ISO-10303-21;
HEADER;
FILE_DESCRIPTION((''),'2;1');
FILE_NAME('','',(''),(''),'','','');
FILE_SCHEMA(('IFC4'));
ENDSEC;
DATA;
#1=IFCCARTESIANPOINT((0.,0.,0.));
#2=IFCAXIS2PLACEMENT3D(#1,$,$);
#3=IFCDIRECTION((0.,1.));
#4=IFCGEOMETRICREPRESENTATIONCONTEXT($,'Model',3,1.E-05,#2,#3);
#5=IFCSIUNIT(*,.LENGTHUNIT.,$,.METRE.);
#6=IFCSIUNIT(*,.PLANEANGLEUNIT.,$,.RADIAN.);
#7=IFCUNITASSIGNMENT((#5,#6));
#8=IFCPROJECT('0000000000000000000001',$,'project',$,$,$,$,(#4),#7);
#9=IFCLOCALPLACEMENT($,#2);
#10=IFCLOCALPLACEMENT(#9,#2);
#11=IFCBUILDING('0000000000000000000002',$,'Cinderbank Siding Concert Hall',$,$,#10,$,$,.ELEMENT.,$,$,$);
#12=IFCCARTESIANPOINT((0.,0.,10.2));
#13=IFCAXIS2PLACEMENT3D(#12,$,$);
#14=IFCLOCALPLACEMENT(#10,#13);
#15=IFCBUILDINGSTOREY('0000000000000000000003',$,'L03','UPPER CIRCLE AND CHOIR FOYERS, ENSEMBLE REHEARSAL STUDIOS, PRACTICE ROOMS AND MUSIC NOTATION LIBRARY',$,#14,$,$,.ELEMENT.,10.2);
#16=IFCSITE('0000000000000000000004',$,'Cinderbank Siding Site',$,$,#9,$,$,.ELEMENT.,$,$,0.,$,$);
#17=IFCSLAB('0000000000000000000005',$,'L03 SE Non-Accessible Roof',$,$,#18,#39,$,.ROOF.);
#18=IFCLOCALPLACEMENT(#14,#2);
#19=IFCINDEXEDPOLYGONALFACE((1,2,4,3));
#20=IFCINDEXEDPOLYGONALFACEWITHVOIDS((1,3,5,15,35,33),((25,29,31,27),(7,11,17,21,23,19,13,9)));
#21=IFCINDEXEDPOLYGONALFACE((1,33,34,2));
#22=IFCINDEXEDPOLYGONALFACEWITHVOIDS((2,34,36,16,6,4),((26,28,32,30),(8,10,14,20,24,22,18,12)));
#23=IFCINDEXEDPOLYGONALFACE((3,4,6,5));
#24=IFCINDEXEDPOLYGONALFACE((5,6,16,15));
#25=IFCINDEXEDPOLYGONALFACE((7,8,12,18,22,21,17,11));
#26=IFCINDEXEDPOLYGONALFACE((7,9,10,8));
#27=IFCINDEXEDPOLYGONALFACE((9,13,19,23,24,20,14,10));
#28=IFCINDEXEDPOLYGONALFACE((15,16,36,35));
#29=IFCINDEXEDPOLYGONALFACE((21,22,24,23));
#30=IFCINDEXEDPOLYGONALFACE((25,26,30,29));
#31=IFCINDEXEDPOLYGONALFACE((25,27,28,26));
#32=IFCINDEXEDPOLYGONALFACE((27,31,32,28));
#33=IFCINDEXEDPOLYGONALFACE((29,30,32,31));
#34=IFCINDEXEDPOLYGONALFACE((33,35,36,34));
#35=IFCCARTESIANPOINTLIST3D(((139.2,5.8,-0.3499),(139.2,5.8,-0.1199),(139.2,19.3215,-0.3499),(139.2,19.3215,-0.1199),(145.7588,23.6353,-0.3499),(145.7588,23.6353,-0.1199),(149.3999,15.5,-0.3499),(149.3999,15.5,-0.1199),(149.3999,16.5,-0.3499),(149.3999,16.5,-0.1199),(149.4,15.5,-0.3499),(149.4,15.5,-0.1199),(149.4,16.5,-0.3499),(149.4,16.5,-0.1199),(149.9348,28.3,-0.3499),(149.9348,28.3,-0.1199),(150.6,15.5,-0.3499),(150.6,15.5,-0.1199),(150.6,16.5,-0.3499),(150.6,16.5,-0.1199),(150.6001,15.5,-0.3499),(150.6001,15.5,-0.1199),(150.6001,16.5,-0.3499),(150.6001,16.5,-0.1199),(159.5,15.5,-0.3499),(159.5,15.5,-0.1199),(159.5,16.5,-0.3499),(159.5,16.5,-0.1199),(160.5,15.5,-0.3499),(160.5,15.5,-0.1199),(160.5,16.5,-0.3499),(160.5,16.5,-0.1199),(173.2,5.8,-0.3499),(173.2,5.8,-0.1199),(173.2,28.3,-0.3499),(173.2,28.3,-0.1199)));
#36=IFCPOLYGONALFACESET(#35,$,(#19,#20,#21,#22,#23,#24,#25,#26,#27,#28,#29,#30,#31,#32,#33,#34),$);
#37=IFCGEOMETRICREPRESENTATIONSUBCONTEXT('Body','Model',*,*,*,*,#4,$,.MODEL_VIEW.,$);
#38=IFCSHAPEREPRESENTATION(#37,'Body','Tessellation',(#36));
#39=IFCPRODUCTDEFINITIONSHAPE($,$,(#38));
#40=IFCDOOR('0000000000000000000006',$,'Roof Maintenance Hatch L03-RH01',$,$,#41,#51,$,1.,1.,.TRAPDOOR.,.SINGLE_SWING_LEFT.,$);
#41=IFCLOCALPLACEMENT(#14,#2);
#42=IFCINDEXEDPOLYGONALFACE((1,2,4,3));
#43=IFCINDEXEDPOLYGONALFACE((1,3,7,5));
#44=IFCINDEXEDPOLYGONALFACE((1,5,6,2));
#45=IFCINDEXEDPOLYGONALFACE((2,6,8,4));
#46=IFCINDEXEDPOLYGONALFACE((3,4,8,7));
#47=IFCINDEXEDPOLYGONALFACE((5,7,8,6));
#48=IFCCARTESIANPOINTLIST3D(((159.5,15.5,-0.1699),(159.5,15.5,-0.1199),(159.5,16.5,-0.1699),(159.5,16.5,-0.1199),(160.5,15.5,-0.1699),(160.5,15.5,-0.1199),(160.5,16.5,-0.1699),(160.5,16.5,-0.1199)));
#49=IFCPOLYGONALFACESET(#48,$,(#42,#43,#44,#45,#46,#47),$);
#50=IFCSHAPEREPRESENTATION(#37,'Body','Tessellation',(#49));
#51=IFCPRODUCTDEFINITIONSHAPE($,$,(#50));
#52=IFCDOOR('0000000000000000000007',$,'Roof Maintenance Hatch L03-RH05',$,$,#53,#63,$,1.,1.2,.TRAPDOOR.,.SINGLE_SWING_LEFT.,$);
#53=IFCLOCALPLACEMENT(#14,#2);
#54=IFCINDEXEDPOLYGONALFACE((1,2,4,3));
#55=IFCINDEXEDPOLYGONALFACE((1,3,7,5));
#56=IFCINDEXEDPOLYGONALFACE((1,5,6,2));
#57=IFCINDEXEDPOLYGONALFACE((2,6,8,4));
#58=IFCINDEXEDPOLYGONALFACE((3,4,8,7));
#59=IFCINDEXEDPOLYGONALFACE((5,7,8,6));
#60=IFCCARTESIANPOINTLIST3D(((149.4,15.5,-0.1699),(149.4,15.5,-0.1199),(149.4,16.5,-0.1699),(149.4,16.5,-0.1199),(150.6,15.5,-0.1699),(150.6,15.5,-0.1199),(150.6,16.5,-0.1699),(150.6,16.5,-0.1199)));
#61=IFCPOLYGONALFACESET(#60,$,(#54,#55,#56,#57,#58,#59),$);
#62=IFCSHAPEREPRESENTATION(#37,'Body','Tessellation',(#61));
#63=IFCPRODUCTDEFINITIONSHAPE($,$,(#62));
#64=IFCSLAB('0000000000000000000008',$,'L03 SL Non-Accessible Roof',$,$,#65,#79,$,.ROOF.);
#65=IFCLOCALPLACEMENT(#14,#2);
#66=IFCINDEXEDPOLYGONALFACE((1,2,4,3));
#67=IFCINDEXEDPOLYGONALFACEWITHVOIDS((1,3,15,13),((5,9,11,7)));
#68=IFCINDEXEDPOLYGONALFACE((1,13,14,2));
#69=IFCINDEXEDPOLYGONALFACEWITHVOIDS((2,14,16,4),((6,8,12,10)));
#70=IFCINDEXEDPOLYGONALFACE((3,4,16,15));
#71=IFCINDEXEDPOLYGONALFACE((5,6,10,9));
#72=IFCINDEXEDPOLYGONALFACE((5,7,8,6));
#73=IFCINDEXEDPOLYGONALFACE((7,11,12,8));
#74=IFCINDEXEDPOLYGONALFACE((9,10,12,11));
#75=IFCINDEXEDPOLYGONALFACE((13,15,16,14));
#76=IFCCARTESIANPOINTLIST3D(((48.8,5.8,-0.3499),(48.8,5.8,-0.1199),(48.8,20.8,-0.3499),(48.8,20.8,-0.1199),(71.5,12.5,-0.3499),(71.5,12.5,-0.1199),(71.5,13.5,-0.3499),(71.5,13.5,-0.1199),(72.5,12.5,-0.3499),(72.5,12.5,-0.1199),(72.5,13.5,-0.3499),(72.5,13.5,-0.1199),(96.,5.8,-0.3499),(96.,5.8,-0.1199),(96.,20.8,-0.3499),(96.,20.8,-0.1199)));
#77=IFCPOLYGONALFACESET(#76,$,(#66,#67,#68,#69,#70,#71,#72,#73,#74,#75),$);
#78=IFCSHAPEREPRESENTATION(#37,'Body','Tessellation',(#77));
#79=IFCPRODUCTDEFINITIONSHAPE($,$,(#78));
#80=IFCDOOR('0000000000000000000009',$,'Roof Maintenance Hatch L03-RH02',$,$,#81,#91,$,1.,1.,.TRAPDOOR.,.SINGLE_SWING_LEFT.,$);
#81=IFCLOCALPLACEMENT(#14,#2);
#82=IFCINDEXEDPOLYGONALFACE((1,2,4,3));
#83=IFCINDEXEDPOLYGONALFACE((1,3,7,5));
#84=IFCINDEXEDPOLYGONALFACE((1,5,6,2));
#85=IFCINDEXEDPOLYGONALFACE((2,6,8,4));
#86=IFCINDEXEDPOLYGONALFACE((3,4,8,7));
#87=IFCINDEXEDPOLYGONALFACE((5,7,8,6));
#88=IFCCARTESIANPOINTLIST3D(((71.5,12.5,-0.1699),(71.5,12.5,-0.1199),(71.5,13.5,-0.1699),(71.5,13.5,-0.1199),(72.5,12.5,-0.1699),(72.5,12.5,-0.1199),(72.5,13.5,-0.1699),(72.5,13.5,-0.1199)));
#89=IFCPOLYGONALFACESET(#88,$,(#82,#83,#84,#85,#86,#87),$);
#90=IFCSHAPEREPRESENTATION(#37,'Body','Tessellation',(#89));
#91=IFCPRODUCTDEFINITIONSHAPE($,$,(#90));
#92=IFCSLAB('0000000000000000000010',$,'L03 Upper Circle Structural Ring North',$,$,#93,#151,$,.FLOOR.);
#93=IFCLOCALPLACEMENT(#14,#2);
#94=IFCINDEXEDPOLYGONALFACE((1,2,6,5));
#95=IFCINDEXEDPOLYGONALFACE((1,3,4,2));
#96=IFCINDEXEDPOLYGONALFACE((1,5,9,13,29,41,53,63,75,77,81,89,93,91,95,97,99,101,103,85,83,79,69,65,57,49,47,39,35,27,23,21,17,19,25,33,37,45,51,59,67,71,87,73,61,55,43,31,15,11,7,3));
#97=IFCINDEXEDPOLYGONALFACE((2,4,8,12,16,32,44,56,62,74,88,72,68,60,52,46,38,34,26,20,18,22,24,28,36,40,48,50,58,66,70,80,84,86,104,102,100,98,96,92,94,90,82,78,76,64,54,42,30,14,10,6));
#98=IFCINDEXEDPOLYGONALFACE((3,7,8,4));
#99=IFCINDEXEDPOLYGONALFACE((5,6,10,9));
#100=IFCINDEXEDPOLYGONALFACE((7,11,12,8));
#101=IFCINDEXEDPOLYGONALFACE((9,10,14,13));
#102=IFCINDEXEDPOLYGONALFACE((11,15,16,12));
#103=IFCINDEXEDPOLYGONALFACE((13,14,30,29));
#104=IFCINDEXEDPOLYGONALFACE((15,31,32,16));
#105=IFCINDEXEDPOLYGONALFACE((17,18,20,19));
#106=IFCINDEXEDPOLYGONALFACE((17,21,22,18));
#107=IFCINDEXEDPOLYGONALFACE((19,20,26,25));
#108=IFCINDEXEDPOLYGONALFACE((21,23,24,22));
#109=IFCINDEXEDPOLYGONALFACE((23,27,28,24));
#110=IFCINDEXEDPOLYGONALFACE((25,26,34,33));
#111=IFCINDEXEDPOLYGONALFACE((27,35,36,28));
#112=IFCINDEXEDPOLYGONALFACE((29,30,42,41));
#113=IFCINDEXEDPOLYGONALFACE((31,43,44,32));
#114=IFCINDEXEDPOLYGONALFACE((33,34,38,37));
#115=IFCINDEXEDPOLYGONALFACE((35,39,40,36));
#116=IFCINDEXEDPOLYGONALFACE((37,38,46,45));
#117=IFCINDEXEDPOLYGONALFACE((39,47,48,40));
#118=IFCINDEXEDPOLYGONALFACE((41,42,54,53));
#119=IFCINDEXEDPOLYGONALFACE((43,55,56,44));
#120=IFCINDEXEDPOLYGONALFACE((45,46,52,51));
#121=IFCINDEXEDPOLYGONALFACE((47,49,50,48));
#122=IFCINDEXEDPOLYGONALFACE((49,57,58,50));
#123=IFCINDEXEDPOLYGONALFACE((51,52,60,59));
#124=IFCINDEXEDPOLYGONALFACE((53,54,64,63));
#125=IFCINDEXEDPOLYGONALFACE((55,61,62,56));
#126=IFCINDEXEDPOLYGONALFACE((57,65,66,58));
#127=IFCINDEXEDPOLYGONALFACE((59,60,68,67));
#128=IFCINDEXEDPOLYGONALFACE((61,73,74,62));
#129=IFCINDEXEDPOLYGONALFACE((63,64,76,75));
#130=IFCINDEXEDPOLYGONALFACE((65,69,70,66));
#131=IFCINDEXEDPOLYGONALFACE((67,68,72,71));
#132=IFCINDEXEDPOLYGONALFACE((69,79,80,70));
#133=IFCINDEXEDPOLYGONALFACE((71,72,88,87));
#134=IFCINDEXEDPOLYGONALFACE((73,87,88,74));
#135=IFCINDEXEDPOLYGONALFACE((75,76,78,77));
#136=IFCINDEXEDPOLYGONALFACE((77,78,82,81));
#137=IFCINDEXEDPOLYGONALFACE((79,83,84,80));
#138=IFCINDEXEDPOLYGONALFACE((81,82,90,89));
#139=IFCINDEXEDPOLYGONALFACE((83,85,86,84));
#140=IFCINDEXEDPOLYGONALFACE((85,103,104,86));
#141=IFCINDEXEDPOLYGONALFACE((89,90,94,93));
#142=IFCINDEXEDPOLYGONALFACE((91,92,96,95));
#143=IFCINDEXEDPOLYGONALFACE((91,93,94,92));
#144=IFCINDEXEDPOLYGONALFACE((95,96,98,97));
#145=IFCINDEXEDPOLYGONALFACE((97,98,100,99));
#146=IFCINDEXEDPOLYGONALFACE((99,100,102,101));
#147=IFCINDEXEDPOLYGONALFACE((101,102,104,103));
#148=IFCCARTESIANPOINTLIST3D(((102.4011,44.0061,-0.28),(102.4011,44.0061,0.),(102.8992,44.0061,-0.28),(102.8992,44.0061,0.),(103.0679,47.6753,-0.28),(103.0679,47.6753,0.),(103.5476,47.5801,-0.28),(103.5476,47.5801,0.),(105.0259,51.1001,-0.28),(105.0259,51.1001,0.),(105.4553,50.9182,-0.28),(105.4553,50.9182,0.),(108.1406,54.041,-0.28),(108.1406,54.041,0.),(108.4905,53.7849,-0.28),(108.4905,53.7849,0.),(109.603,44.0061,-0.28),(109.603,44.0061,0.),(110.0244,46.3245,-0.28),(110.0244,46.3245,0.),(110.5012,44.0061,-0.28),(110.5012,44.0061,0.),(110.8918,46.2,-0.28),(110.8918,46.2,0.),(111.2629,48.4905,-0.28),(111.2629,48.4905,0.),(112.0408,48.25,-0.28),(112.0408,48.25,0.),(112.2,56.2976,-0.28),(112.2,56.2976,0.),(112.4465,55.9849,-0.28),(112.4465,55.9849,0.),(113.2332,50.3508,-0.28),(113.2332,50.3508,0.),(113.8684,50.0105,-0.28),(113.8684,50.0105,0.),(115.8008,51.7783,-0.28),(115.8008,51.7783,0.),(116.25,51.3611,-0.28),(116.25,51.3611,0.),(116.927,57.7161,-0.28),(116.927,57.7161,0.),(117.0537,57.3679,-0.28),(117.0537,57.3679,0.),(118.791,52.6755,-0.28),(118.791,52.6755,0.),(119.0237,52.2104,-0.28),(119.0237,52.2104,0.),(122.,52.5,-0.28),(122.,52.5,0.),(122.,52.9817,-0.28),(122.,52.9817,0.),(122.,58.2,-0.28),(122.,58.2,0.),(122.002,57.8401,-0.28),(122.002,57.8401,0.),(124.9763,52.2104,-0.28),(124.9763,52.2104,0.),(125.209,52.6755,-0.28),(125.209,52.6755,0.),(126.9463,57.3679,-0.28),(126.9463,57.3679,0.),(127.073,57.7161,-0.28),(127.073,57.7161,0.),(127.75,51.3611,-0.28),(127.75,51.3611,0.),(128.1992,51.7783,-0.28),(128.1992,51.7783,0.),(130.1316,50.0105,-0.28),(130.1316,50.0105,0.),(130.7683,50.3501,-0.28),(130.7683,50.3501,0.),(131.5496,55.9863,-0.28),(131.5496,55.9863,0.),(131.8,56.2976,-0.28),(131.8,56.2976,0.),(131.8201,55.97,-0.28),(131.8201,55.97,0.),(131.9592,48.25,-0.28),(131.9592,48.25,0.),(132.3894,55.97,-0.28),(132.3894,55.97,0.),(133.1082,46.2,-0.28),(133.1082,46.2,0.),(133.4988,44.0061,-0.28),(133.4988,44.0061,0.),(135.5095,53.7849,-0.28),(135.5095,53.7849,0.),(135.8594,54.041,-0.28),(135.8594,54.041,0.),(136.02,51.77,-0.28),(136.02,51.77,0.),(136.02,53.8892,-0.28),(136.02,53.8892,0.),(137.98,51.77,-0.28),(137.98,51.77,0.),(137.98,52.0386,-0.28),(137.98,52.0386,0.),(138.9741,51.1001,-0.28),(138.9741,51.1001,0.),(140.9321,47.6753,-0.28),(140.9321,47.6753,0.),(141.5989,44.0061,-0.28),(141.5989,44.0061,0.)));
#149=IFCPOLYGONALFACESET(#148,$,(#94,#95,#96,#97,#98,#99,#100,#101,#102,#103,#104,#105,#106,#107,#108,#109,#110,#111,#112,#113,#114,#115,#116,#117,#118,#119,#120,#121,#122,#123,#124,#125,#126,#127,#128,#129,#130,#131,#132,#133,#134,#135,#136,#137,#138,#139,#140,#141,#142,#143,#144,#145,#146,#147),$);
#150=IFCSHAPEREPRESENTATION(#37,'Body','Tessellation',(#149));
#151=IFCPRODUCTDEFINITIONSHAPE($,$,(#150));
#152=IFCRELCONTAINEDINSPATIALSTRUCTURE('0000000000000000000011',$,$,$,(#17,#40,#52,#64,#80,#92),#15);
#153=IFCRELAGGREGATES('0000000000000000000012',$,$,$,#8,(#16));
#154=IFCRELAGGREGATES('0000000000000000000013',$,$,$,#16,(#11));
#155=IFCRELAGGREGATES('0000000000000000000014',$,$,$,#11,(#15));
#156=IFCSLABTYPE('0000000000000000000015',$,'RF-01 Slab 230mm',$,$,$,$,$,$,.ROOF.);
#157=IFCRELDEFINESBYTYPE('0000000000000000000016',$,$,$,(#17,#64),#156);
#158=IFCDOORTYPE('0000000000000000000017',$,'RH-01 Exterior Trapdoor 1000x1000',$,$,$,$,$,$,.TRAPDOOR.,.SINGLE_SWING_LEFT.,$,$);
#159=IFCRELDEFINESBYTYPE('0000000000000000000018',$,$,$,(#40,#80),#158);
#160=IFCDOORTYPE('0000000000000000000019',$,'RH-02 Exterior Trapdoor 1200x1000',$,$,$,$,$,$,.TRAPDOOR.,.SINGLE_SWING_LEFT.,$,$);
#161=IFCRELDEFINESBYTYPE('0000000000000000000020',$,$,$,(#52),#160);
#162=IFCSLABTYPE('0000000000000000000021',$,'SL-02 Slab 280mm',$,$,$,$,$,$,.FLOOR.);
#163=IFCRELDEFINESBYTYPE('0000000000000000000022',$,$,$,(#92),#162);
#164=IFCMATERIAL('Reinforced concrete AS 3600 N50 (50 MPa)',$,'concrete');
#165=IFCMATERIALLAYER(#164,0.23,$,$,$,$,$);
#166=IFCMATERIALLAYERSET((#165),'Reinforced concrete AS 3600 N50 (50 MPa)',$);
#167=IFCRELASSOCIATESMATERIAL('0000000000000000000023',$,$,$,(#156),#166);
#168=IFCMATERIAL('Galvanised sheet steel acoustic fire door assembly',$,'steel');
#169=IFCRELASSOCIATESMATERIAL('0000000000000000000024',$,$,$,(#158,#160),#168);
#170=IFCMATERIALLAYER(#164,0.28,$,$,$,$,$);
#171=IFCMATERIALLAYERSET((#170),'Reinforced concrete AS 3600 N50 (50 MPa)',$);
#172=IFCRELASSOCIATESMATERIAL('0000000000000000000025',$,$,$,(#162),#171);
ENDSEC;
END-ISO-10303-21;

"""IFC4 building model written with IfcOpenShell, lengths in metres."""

from ifc_helpers import new_model, si_unit, direction, frame, origin, origin_2d, place, context, subcontext, project, spatial, polyline, rectangle, outline, extrude, material, layer, layer_set, type_object, element, fill, save


model = new_model("IFC4")

# Units and contexts
model_context = context("Model", 3, precision=1e-05, world=origin(), true_north=direction((0.0, 1.0)))
body_context = subcontext(model_context, "Body", "Model", "MODEL_VIEW")
ifc_project = project(units=[si_unit("LENGTHUNIT", "METRE"), si_unit("PLANEANGLEUNIT", "RADIAN")], contexts=[model_context])

# Site, building, storey
site_placement = place(None, origin())
site = spatial("IfcSite", under=ifc_project, at=site_placement, Name="Cinderbank Siding Site", CompositionType="ELEMENT", RefElevation=0.0)
building_placement = place(site_placement, origin())
building = spatial("IfcBuilding", under=site, at=building_placement, Name="Cinderbank Siding Concert Hall", CompositionType="ELEMENT")
storey_placement = place(building_placement, frame((0.0, 0.0, 10.2)))
storey = spatial("IfcBuildingStorey", under=building, at=storey_placement, Name="L03", Description="UPPER CIRCLE AND CHOIR FOYERS, ENSEMBLE REHEARSAL STUDIOS, PRACTICE ROOMS AND MUSIC NOTATION LIBRARY", CompositionType="ELEMENT", Elevation=10.2)

# Slab, openings, doors
ifc_material_1 = material(Name="Reinforced concrete AS 3600 N50 (50 MPa)", Category="concrete")
ifc_layer_1 = layer(ifc_material_1, 0.23)
ifc_layer_set_1 = layer_set([ifc_layer_1], Name="Reinforced concrete AS 3600 N50 (50 MPa)")
slab_type_1 = type_object("IfcSlabType", Name="RF-01 Slab 230mm", PredefinedType="ROOF", material=ifc_layer_set_1)
slab_1_placement = place(storey_placement, frame((0.0, 0.0, -0.3499)))
slab_1 = element("IfcSlab", 1, at=slab_1_placement, inside=storey, type_object=slab_type_1, Name="L03 SE Non-Accessible Roof", PredefinedType="ROOF", context=body_context, shape_type="SweptSolid", body=[
    extrude(outline(polyline([(173.2, 28.3), (173.2, 5.8), (139.2, 5.8), (139.2, 19.3215), (145.7588, 23.6353), (149.9348, 28.3), (173.2, 28.3)]), holes=[polyline([(159.5, 15.5), (160.5, 15.5), (160.5, 16.5), (159.5, 16.5), (159.5, 15.5)]), polyline([(149.3999, 15.5), (150.6001, 15.5), (150.6001, 16.5), (149.3999, 16.5), (149.3999, 15.5)])]), origin(), (0.0, 0.0, 1.0), 0.23),
])
opening_1_placement = place(slab_1_placement, frame((160.0, 16.0, -0.012)))
opening_1 = element("IfcOpeningElement", 2, at=opening_1_placement, cuts=slab_1, PredefinedType="OPENING", context=body_context, shape_type="SweptSolid", body=[
    extrude(rectangle(XDim=1.0, YDim=1.0, at=origin_2d()), origin(), (0.0, 0.0, 1.0), 0.2539),
])
opening_2_placement = place(slab_1_placement, frame((150.0, 16.0, -0.012)))
opening_2 = element("IfcOpeningElement", 3, at=opening_2_placement, cuts=slab_1, PredefinedType="OPENING", context=body_context, shape_type="SweptSolid", body=[
    extrude(rectangle(XDim=1.2, YDim=1.0, at=origin_2d()), origin(), (0.0, 0.0, 1.0), 0.2539),
])
ifc_material_2 = material(Name="Galvanised sheet steel acoustic fire door assembly", Category="steel")
door_type_1 = type_object("IfcDoorType", Name="RH-01 Exterior Trapdoor 1000x1000", OperationType="SINGLE_SWING_LEFT", PredefinedType="TRAPDOOR", material=ifc_material_2)
door_1_placement = place(slab_1_placement, frame((160.0, 16.0, 0.1799)))
door_1 = element("IfcDoor", 4, at=door_1_placement, inside=storey, type_object=door_type_1, Name="Roof Maintenance Hatch L03-RH01", OperationType="SINGLE_SWING_LEFT", OverallHeight=1.0, OverallWidth=1.0, PredefinedType="TRAPDOOR", context=body_context, shape_type="SweptSolid", body=[
    extrude(rectangle(XDim=1.0, YDim=1.0, at=origin_2d()), origin(), (0.0, 0.0, 1.0), 0.05),
])
fill(opening_1, door_1)
door_type_2 = type_object("IfcDoorType", Name="RH-02 Exterior Trapdoor 1200x1000", OperationType="SINGLE_SWING_LEFT", PredefinedType="TRAPDOOR", material=ifc_material_2)
door_2_placement = place(slab_1_placement, frame((150.0, 16.0, 0.1799)))
door_2 = element("IfcDoor", 5, at=door_2_placement, inside=storey, type_object=door_type_2, Name="Roof Maintenance Hatch L03-RH05", OperationType="SINGLE_SWING_LEFT", OverallHeight=1.0, OverallWidth=1.2, PredefinedType="TRAPDOOR", context=body_context, shape_type="SweptSolid", body=[
    extrude(rectangle(XDim=1.2, YDim=1.0, at=origin_2d()), origin(), (0.0, 0.0, 1.0), 0.05),
])
fill(opening_2, door_2)

# Slab, opening, door
slab_2_placement = place(storey_placement, frame((0.0, 0.0, -0.3499)))
slab_2 = element("IfcSlab", 6, at=slab_2_placement, inside=storey, type_object=slab_type_1, Name="L03 SL Non-Accessible Roof", PredefinedType="ROOF", context=body_context, shape_type="SweptSolid", body=[
    extrude(outline(polyline([(96.0, 20.8), (96.0, 5.8), (48.8, 5.8), (48.8, 20.8), (96.0, 20.8)]), holes=[polyline([(71.5, 12.5), (72.5, 12.5), (72.5, 13.5), (71.5, 13.5), (71.5, 12.5)])]), origin(), (0.0, 0.0, 1.0), 0.23),
])
opening_3_placement = place(slab_2_placement, frame((72.0, 13.0, -0.012)))
opening_3 = element("IfcOpeningElement", 7, at=opening_3_placement, cuts=slab_2, PredefinedType="OPENING", context=body_context, shape_type="SweptSolid", body=[
    extrude(rectangle(XDim=1.0, YDim=1.0, at=origin_2d()), origin(), (0.0, 0.0, 1.0), 0.2539),
])
door_3_placement = place(slab_2_placement, frame((72.0, 13.0, 0.1799)))
door_3 = element("IfcDoor", 8, at=door_3_placement, inside=storey, type_object=door_type_1, Name="Roof Maintenance Hatch L03-RH02", OperationType="SINGLE_SWING_LEFT", OverallHeight=1.0, OverallWidth=1.0, PredefinedType="TRAPDOOR", context=body_context, shape_type="SweptSolid", body=[
    extrude(rectangle(XDim=1.0, YDim=1.0, at=origin_2d()), origin(), (0.0, 0.0, 1.0), 0.05),
])
fill(opening_3, door_3)

# Slab
ifc_layer_2 = layer(ifc_material_1, 0.28)
ifc_layer_set_2 = layer_set([ifc_layer_2], Name="Reinforced concrete AS 3600 N50 (50 MPa)")
slab_type_2 = type_object("IfcSlabType", Name="SL-02 Slab 280mm", PredefinedType="FLOOR", material=ifc_layer_set_2)
slab_3_placement = place(storey_placement, frame((0.0, 0.0, -0.28)))
element("IfcSlab", 9, at=slab_3_placement, inside=storey, type_object=slab_type_2, Name="L03 Upper Circle Structural Ring North", PredefinedType="FLOOR", context=body_context, shape_type="SweptSolid", body=[
    extrude(outline(polyline([(108.1406, 54.041), (112.2, 56.2976), (116.927, 57.7161), (122.0, 58.2), (127.073, 57.7161), (131.8, 56.2976), (131.8201, 55.97), (132.3894, 55.97), (135.8594, 54.041), (136.02, 53.8892), (136.02, 51.77), (137.98, 51.77), (137.98, 52.0386), (138.9741, 51.1001), (140.9321, 47.6753), (141.5989, 44.0061), (133.4988, 44.0061), (133.1082, 46.2), (131.9592, 48.25), (130.1316, 50.0105), (127.75, 51.3611), (124.9763, 52.2104), (122.0, 52.5), (119.0237, 52.2104), (116.25, 51.3611), (113.8684, 50.0105), (112.0408, 48.25), (110.8918, 46.2), (110.5012, 44.0061), (109.603, 44.0061), (110.0244, 46.3245), (111.2629, 48.4905), (113.2332, 50.3508), (115.8008, 51.7783), (118.791, 52.6755), (122.0, 52.9817), (125.209, 52.6755), (128.1992, 51.7783), (130.7683, 50.3501), (135.5095, 53.7849), (131.5496, 55.9863), (126.9463, 57.3679), (122.002, 57.8401), (117.0537, 57.3679), (112.4465, 55.9849), (108.4905, 53.7849), (105.4553, 50.9182), (103.5476, 47.5801), (102.8992, 44.0061), (102.4011, 44.0061), (103.0679, 47.6753), (105.0259, 51.1001), (108.1406, 54.041)])), origin(), (0.0, 0.0, 1.0), 0.28),
])

save(model, "model.ifc")
